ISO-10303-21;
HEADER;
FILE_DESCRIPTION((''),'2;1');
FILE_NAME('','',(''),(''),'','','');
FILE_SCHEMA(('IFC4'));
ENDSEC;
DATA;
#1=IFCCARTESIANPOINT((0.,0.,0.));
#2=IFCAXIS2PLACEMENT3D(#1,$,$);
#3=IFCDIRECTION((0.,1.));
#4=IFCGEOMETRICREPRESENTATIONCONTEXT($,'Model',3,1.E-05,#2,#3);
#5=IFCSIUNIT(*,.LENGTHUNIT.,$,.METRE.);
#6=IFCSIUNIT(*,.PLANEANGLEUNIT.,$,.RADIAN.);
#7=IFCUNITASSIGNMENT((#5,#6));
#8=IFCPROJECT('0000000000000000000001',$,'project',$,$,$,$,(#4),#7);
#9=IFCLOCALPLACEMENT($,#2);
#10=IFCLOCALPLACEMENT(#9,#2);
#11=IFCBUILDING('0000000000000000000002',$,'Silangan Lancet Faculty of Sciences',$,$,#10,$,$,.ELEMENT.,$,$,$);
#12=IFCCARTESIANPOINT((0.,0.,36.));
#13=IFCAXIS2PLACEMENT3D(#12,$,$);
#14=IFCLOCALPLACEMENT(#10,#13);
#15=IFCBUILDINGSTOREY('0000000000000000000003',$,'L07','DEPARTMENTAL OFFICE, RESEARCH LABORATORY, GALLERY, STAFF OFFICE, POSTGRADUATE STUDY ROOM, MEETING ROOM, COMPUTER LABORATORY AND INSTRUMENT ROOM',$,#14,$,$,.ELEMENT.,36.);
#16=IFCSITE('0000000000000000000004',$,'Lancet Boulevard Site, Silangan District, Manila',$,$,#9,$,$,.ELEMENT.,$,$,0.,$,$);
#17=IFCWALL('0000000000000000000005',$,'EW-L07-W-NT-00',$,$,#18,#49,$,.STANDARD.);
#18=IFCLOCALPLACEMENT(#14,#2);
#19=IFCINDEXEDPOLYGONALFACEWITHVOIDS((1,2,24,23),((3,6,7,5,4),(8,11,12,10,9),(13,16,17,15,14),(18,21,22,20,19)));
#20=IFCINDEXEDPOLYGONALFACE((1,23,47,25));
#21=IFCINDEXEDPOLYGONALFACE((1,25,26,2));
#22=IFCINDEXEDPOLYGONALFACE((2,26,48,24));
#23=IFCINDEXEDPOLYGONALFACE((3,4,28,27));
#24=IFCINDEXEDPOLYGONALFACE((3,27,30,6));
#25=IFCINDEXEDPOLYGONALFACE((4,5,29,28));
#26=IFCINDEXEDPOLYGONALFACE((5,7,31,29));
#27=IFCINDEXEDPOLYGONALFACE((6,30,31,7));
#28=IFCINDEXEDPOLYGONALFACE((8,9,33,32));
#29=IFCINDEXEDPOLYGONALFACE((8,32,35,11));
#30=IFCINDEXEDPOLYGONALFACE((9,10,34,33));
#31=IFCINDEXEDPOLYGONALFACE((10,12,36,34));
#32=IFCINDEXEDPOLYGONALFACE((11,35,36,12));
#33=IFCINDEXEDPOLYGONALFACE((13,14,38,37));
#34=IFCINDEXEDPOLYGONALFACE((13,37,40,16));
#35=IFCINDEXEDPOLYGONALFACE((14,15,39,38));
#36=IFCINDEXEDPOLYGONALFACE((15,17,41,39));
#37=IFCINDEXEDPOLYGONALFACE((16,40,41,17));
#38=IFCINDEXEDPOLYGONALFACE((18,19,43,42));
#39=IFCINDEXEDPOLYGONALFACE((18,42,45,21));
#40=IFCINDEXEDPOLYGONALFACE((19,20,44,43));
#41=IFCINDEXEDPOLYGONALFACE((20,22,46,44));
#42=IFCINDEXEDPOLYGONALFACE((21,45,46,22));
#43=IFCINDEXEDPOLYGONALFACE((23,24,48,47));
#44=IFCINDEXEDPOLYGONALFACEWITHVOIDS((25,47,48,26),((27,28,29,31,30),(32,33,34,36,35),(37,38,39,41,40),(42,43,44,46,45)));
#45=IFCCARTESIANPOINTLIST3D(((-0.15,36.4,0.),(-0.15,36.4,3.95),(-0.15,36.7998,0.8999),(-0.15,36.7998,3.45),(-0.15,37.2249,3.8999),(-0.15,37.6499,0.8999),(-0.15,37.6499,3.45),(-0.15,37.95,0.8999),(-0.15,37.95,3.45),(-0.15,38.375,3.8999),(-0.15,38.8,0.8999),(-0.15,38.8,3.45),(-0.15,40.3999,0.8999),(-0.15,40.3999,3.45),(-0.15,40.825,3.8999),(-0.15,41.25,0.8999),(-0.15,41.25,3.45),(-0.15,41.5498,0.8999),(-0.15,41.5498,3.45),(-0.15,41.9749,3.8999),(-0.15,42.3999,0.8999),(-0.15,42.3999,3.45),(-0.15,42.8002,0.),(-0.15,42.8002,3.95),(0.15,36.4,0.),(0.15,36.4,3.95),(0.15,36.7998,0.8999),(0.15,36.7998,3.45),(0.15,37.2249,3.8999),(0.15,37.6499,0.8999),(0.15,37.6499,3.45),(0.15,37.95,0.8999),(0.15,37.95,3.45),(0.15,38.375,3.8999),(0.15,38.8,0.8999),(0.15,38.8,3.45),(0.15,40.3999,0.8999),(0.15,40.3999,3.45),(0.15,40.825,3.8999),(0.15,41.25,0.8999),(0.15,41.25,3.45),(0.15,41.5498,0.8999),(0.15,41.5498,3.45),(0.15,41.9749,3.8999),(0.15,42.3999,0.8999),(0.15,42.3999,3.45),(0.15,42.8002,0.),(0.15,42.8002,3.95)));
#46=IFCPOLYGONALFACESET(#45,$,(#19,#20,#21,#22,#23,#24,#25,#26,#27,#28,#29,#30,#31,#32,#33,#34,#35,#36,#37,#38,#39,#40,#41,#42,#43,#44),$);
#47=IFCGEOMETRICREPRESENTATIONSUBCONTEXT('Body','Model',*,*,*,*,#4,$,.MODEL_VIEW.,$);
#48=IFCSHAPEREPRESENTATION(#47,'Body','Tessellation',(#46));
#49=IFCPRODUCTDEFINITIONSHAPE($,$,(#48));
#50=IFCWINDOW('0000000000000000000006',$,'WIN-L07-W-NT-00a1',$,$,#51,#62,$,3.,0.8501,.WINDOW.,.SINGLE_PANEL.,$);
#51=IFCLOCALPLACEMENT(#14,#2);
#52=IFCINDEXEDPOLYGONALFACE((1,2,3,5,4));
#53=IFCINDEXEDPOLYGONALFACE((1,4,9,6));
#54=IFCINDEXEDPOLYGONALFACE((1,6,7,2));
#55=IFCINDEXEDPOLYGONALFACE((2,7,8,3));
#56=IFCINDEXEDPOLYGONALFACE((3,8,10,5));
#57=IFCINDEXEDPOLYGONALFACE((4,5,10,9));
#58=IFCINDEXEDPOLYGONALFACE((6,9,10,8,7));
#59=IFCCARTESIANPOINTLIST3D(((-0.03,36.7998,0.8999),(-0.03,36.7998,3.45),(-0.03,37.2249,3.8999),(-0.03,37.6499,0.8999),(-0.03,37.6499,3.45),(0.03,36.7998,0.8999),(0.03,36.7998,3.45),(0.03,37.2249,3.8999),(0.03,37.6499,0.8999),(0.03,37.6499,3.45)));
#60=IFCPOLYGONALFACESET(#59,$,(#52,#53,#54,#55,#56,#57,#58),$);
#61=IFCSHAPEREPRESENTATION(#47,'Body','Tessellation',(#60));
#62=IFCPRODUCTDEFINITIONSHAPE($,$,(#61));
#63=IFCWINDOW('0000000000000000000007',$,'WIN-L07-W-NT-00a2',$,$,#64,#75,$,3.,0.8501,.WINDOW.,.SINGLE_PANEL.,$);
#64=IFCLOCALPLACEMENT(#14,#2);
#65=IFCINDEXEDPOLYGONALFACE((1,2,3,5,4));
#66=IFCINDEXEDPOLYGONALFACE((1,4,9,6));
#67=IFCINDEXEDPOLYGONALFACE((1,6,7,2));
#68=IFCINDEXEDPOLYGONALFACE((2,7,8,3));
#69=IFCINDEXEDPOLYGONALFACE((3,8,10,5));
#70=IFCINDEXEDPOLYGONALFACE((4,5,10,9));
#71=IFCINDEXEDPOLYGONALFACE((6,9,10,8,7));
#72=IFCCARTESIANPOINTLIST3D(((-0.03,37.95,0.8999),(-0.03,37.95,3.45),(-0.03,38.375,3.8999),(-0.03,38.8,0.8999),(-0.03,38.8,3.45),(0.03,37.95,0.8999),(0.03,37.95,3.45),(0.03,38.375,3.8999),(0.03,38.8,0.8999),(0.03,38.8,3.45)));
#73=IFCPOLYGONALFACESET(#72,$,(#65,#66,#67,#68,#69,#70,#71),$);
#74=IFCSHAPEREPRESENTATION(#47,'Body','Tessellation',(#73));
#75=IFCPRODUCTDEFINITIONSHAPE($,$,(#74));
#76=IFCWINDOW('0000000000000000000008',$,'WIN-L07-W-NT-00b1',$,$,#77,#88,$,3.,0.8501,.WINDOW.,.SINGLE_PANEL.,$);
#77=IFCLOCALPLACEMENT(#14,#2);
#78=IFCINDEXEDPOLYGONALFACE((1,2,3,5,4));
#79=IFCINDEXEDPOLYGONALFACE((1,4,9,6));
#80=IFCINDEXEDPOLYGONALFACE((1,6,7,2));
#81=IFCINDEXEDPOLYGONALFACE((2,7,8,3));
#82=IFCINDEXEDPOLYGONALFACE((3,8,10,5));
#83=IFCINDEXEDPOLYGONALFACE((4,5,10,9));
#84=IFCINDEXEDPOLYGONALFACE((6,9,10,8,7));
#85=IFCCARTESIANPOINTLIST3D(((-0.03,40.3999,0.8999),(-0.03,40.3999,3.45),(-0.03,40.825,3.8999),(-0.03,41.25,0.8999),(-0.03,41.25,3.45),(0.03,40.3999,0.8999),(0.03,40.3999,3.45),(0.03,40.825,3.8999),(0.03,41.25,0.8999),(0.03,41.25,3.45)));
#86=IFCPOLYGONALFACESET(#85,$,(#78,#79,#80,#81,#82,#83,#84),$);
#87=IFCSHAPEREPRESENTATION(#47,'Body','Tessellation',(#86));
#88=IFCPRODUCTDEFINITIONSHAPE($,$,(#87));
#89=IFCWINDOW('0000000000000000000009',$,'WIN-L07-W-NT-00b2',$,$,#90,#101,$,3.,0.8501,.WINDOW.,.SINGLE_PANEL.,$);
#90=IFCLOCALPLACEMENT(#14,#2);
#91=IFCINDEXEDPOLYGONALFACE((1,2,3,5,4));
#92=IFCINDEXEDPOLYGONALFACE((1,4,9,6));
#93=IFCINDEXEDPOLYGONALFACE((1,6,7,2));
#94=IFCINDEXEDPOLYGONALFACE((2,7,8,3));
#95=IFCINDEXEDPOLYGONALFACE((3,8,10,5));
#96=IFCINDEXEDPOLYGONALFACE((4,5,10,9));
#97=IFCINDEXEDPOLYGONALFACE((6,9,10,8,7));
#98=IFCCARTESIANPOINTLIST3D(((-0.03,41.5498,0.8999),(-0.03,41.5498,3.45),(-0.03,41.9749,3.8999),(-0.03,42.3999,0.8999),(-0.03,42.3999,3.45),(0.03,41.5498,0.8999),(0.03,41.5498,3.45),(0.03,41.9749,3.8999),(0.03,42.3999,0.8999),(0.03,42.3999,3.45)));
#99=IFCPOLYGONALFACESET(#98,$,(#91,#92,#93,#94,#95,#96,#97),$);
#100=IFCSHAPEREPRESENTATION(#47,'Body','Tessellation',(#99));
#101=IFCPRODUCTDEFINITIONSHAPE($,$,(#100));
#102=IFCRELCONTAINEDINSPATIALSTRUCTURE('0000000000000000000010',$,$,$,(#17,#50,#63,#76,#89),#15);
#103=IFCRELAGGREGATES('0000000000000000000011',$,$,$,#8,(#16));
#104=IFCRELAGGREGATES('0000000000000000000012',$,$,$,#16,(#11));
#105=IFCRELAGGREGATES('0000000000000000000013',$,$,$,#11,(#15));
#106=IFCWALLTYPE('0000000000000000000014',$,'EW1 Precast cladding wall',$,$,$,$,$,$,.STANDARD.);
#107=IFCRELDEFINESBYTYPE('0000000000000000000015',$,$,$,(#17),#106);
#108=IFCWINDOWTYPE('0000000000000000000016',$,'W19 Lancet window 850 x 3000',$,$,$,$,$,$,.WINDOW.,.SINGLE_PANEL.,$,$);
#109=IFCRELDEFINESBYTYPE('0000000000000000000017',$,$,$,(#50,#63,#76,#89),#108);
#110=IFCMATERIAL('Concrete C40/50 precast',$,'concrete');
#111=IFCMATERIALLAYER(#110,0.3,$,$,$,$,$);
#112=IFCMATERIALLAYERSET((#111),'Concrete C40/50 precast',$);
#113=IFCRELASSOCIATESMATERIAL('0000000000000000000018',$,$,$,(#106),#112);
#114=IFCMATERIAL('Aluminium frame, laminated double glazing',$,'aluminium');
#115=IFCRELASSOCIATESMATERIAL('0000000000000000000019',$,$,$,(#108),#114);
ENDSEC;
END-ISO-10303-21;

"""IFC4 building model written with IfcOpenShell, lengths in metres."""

from ifc_helpers import new_model, si_unit, direction, frame, frame_2d, origin, place, context, subcontext, project, spatial, polyline, rectangle, outline, extrude, material, layer, layer_set, type_object, element, fill, save


model = new_model("IFC4")

# Units and contexts
model_context = context("Model", 3, precision=1e-05, world=origin(), true_north=direction((0.0, 1.0)))
body_context = subcontext(model_context, "Body", "Model", "MODEL_VIEW")
ifc_project = project(units=[si_unit("LENGTHUNIT", "METRE"), si_unit("PLANEANGLEUNIT", "RADIAN")], contexts=[model_context])

# Site, building, storey
site_placement = place(None, origin())
site = spatial("IfcSite", under=ifc_project, at=site_placement, Name="Lancet Boulevard Site, Silangan District, Manila", CompositionType="ELEMENT", RefElevation=0.0)
building_placement = place(site_placement, origin())
building = spatial("IfcBuilding", under=site, at=building_placement, Name="Silangan Lancet Faculty of Sciences", CompositionType="ELEMENT")
storey_placement = place(building_placement, frame((0.0, 0.0, 36.0)))
storey = spatial("IfcBuildingStorey", under=building, at=storey_placement, Name="L07", Description="DEPARTMENTAL OFFICE, RESEARCH LABORATORY, GALLERY, STAFF OFFICE, POSTGRADUATE STUDY ROOM, MEETING ROOM, COMPUTER LABORATORY AND INSTRUMENT ROOM", CompositionType="ELEMENT", Elevation=36.0)

# Wall, openings, windows
ifc_material_1 = material(Name="Concrete C40/50 precast", Category="concrete")
ifc_layer_1 = layer(ifc_material_1, 0.3)
ifc_layer_set_1 = layer_set([ifc_layer_1], Name="Concrete C40/50 precast")
wall_type_1 = type_object("IfcWallType", Name="EW1 Precast cladding wall", PredefinedType="STANDARD", material=ifc_layer_set_1)
wall_1_placement = place(storey_placement, frame((0.0, 36.3999, 0.0), z_axis=(0.0, 0.0, 1.0), x_axis=(0.0, 1.0, 0.0)))
wall_1 = element("IfcWall", 1, at=wall_1_placement, inside=storey, type_object=wall_type_1, Name="EW-L07-W-NT-00", PredefinedType="STANDARD", context=body_context, shape_type="SweptSolid", body=[
    extrude(rectangle(XDim=6.4001, YDim=0.3, at=frame_2d((3.2002, 0.0))), origin(), (0.0, 0.0, 1.0), 3.95),
])
opening_1_placement = place(wall_1_placement, frame((0.3999, 0.0, 0.8999)))
opening_1 = element("IfcOpeningElement", 2, at=opening_1_placement, cuts=wall_1, PredefinedType="OPENING", context=body_context, shape_type="SweptSolid", body=[
    extrude(outline(polyline([(0.0, 0.0), (0.8501, 0.0), (0.8501, 2.55), (0.425, 3.0), (0.0, 2.55), (0.0, 0.0)])), frame((0.0, 0.1599, 0.0), z_axis=(0.0, -1.0, 0.0), x_axis=(1.0, 0.0, 0.0)), (0.0, 0.0, 1.0), 0.3201),
])
opening_2_placement = place(wall_1_placement, frame((1.55, 0.0, 0.8999)))
opening_2 = element("IfcOpeningElement", 3, at=opening_2_placement, cuts=wall_1, PredefinedType="OPENING", context=body_context, shape_type="SweptSolid", body=[
    extrude(outline(polyline([(0.0, 0.0), (0.8501, 0.0), (0.8501, 2.55), (0.425, 3.0), (0.0, 2.55), (0.0, 0.0)])), frame((0.0, 0.1599, 0.0), z_axis=(0.0, -1.0, 0.0), x_axis=(1.0, 0.0, 0.0)), (0.0, 0.0, 1.0), 0.3201),
])
opening_3_placement = place(wall_1_placement, frame((4.0, 0.0, 0.8999)))
opening_3 = element("IfcOpeningElement", 4, at=opening_3_placement, cuts=wall_1, PredefinedType="OPENING", context=body_context, shape_type="SweptSolid", body=[
    extrude(outline(polyline([(0.0, 0.0), (0.8501, 0.0), (0.8501, 2.55), (0.425, 3.0), (0.0, 2.55), (0.0, 0.0)])), frame((0.0, 0.1599, 0.0), z_axis=(0.0, -1.0, 0.0), x_axis=(1.0, 0.0, 0.0)), (0.0, 0.0, 1.0), 0.3201),
])
opening_4_placement = place(wall_1_placement, frame((5.1499, 0.0, 0.8999)))
opening_4 = element("IfcOpeningElement", 5, at=opening_4_placement, cuts=wall_1, PredefinedType="OPENING", context=body_context, shape_type="SweptSolid", body=[
    extrude(outline(polyline([(0.0, 0.0), (0.8501, 0.0), (0.8501, 2.55), (0.425, 3.0), (0.0, 2.55), (0.0, 0.0)])), frame((0.0, 0.1599, 0.0), z_axis=(0.0, -1.0, 0.0), x_axis=(1.0, 0.0, 0.0)), (0.0, 0.0, 1.0), 0.3201),
])
ifc_material_2 = material(Name="Aluminium frame, laminated double glazing", Category="aluminium")
window_type = type_object("IfcWindowType", Name="W19 Lancet window 850 x 3000", PartitioningType="SINGLE_PANEL", PredefinedType="WINDOW", material=ifc_material_2)
window_1_placement = place(opening_1_placement, origin())
window_1 = element("IfcWindow", 6, at=window_1_placement, inside=storey, type_object=window_type, Name="WIN-L07-W-NT-00a1", OverallHeight=3.0, OverallWidth=0.8501, PartitioningType="SINGLE_PANEL", PredefinedType="WINDOW", context=body_context, shape_type="SweptSolid", body=[
    extrude(outline(polyline([(0.0, 0.0), (0.8501, 0.0), (0.8501, 2.55), (0.425, 3.0), (0.0, 2.55), (0.0, 0.0)])), frame((0.0, 0.03, 0.0), z_axis=(0.0, -1.0, 0.0), x_axis=(1.0, 0.0, 0.0)), (0.0, 0.0, 1.0), 0.0601),
])
fill(opening_1, window_1)
window_2_placement = place(opening_2_placement, origin())
window_2 = element("IfcWindow", 7, at=window_2_placement, inside=storey, type_object=window_type, Name="WIN-L07-W-NT-00a2", OverallHeight=3.0, OverallWidth=0.8501, PartitioningType="SINGLE_PANEL", PredefinedType="WINDOW", context=body_context, shape_type="SweptSolid", body=[
    extrude(outline(polyline([(0.0, 0.0), (0.8501, 0.0), (0.8501, 2.55), (0.425, 3.0), (0.0, 2.55), (0.0, 0.0)])), frame((0.0, 0.03, 0.0), z_axis=(0.0, -1.0, 0.0), x_axis=(1.0, 0.0, 0.0)), (0.0, 0.0, 1.0), 0.0601),
])
fill(opening_2, window_2)
window_3_placement = place(opening_3_placement, origin())
window_3 = element("IfcWindow", 8, at=window_3_placement, inside=storey, type_object=window_type, Name="WIN-L07-W-NT-00b1", OverallHeight=3.0, OverallWidth=0.8501, PartitioningType="SINGLE_PANEL", PredefinedType="WINDOW", context=body_context, shape_type="SweptSolid", body=[
    extrude(outline(polyline([(0.0, 0.0), (0.8501, 0.0), (0.8501, 2.55), (0.425, 3.0), (0.0, 2.55), (0.0, 0.0)])), frame((0.0, 0.03, 0.0), z_axis=(0.0, -1.0, 0.0), x_axis=(1.0, 0.0, 0.0)), (0.0, 0.0, 1.0), 0.0601),
])
fill(opening_3, window_3)
window_4_placement = place(opening_4_placement, origin())
window_4 = element("IfcWindow", 9, at=window_4_placement, inside=storey, type_object=window_type, Name="WIN-L07-W-NT-00b2", OverallHeight=3.0, OverallWidth=0.8501, PartitioningType="SINGLE_PANEL", PredefinedType="WINDOW", context=body_context, shape_type="SweptSolid", body=[
    extrude(outline(polyline([(0.0, 0.0), (0.8501, 0.0), (0.8501, 2.55), (0.425, 3.0), (0.0, 2.55), (0.0, 0.0)])), frame((0.0, 0.03, 0.0), z_axis=(0.0, -1.0, 0.0), x_axis=(1.0, 0.0, 0.0)), (0.0, 0.0, 1.0), 0.0601),
])
fill(opening_4, window_4)

save(model, "model.ifc")
